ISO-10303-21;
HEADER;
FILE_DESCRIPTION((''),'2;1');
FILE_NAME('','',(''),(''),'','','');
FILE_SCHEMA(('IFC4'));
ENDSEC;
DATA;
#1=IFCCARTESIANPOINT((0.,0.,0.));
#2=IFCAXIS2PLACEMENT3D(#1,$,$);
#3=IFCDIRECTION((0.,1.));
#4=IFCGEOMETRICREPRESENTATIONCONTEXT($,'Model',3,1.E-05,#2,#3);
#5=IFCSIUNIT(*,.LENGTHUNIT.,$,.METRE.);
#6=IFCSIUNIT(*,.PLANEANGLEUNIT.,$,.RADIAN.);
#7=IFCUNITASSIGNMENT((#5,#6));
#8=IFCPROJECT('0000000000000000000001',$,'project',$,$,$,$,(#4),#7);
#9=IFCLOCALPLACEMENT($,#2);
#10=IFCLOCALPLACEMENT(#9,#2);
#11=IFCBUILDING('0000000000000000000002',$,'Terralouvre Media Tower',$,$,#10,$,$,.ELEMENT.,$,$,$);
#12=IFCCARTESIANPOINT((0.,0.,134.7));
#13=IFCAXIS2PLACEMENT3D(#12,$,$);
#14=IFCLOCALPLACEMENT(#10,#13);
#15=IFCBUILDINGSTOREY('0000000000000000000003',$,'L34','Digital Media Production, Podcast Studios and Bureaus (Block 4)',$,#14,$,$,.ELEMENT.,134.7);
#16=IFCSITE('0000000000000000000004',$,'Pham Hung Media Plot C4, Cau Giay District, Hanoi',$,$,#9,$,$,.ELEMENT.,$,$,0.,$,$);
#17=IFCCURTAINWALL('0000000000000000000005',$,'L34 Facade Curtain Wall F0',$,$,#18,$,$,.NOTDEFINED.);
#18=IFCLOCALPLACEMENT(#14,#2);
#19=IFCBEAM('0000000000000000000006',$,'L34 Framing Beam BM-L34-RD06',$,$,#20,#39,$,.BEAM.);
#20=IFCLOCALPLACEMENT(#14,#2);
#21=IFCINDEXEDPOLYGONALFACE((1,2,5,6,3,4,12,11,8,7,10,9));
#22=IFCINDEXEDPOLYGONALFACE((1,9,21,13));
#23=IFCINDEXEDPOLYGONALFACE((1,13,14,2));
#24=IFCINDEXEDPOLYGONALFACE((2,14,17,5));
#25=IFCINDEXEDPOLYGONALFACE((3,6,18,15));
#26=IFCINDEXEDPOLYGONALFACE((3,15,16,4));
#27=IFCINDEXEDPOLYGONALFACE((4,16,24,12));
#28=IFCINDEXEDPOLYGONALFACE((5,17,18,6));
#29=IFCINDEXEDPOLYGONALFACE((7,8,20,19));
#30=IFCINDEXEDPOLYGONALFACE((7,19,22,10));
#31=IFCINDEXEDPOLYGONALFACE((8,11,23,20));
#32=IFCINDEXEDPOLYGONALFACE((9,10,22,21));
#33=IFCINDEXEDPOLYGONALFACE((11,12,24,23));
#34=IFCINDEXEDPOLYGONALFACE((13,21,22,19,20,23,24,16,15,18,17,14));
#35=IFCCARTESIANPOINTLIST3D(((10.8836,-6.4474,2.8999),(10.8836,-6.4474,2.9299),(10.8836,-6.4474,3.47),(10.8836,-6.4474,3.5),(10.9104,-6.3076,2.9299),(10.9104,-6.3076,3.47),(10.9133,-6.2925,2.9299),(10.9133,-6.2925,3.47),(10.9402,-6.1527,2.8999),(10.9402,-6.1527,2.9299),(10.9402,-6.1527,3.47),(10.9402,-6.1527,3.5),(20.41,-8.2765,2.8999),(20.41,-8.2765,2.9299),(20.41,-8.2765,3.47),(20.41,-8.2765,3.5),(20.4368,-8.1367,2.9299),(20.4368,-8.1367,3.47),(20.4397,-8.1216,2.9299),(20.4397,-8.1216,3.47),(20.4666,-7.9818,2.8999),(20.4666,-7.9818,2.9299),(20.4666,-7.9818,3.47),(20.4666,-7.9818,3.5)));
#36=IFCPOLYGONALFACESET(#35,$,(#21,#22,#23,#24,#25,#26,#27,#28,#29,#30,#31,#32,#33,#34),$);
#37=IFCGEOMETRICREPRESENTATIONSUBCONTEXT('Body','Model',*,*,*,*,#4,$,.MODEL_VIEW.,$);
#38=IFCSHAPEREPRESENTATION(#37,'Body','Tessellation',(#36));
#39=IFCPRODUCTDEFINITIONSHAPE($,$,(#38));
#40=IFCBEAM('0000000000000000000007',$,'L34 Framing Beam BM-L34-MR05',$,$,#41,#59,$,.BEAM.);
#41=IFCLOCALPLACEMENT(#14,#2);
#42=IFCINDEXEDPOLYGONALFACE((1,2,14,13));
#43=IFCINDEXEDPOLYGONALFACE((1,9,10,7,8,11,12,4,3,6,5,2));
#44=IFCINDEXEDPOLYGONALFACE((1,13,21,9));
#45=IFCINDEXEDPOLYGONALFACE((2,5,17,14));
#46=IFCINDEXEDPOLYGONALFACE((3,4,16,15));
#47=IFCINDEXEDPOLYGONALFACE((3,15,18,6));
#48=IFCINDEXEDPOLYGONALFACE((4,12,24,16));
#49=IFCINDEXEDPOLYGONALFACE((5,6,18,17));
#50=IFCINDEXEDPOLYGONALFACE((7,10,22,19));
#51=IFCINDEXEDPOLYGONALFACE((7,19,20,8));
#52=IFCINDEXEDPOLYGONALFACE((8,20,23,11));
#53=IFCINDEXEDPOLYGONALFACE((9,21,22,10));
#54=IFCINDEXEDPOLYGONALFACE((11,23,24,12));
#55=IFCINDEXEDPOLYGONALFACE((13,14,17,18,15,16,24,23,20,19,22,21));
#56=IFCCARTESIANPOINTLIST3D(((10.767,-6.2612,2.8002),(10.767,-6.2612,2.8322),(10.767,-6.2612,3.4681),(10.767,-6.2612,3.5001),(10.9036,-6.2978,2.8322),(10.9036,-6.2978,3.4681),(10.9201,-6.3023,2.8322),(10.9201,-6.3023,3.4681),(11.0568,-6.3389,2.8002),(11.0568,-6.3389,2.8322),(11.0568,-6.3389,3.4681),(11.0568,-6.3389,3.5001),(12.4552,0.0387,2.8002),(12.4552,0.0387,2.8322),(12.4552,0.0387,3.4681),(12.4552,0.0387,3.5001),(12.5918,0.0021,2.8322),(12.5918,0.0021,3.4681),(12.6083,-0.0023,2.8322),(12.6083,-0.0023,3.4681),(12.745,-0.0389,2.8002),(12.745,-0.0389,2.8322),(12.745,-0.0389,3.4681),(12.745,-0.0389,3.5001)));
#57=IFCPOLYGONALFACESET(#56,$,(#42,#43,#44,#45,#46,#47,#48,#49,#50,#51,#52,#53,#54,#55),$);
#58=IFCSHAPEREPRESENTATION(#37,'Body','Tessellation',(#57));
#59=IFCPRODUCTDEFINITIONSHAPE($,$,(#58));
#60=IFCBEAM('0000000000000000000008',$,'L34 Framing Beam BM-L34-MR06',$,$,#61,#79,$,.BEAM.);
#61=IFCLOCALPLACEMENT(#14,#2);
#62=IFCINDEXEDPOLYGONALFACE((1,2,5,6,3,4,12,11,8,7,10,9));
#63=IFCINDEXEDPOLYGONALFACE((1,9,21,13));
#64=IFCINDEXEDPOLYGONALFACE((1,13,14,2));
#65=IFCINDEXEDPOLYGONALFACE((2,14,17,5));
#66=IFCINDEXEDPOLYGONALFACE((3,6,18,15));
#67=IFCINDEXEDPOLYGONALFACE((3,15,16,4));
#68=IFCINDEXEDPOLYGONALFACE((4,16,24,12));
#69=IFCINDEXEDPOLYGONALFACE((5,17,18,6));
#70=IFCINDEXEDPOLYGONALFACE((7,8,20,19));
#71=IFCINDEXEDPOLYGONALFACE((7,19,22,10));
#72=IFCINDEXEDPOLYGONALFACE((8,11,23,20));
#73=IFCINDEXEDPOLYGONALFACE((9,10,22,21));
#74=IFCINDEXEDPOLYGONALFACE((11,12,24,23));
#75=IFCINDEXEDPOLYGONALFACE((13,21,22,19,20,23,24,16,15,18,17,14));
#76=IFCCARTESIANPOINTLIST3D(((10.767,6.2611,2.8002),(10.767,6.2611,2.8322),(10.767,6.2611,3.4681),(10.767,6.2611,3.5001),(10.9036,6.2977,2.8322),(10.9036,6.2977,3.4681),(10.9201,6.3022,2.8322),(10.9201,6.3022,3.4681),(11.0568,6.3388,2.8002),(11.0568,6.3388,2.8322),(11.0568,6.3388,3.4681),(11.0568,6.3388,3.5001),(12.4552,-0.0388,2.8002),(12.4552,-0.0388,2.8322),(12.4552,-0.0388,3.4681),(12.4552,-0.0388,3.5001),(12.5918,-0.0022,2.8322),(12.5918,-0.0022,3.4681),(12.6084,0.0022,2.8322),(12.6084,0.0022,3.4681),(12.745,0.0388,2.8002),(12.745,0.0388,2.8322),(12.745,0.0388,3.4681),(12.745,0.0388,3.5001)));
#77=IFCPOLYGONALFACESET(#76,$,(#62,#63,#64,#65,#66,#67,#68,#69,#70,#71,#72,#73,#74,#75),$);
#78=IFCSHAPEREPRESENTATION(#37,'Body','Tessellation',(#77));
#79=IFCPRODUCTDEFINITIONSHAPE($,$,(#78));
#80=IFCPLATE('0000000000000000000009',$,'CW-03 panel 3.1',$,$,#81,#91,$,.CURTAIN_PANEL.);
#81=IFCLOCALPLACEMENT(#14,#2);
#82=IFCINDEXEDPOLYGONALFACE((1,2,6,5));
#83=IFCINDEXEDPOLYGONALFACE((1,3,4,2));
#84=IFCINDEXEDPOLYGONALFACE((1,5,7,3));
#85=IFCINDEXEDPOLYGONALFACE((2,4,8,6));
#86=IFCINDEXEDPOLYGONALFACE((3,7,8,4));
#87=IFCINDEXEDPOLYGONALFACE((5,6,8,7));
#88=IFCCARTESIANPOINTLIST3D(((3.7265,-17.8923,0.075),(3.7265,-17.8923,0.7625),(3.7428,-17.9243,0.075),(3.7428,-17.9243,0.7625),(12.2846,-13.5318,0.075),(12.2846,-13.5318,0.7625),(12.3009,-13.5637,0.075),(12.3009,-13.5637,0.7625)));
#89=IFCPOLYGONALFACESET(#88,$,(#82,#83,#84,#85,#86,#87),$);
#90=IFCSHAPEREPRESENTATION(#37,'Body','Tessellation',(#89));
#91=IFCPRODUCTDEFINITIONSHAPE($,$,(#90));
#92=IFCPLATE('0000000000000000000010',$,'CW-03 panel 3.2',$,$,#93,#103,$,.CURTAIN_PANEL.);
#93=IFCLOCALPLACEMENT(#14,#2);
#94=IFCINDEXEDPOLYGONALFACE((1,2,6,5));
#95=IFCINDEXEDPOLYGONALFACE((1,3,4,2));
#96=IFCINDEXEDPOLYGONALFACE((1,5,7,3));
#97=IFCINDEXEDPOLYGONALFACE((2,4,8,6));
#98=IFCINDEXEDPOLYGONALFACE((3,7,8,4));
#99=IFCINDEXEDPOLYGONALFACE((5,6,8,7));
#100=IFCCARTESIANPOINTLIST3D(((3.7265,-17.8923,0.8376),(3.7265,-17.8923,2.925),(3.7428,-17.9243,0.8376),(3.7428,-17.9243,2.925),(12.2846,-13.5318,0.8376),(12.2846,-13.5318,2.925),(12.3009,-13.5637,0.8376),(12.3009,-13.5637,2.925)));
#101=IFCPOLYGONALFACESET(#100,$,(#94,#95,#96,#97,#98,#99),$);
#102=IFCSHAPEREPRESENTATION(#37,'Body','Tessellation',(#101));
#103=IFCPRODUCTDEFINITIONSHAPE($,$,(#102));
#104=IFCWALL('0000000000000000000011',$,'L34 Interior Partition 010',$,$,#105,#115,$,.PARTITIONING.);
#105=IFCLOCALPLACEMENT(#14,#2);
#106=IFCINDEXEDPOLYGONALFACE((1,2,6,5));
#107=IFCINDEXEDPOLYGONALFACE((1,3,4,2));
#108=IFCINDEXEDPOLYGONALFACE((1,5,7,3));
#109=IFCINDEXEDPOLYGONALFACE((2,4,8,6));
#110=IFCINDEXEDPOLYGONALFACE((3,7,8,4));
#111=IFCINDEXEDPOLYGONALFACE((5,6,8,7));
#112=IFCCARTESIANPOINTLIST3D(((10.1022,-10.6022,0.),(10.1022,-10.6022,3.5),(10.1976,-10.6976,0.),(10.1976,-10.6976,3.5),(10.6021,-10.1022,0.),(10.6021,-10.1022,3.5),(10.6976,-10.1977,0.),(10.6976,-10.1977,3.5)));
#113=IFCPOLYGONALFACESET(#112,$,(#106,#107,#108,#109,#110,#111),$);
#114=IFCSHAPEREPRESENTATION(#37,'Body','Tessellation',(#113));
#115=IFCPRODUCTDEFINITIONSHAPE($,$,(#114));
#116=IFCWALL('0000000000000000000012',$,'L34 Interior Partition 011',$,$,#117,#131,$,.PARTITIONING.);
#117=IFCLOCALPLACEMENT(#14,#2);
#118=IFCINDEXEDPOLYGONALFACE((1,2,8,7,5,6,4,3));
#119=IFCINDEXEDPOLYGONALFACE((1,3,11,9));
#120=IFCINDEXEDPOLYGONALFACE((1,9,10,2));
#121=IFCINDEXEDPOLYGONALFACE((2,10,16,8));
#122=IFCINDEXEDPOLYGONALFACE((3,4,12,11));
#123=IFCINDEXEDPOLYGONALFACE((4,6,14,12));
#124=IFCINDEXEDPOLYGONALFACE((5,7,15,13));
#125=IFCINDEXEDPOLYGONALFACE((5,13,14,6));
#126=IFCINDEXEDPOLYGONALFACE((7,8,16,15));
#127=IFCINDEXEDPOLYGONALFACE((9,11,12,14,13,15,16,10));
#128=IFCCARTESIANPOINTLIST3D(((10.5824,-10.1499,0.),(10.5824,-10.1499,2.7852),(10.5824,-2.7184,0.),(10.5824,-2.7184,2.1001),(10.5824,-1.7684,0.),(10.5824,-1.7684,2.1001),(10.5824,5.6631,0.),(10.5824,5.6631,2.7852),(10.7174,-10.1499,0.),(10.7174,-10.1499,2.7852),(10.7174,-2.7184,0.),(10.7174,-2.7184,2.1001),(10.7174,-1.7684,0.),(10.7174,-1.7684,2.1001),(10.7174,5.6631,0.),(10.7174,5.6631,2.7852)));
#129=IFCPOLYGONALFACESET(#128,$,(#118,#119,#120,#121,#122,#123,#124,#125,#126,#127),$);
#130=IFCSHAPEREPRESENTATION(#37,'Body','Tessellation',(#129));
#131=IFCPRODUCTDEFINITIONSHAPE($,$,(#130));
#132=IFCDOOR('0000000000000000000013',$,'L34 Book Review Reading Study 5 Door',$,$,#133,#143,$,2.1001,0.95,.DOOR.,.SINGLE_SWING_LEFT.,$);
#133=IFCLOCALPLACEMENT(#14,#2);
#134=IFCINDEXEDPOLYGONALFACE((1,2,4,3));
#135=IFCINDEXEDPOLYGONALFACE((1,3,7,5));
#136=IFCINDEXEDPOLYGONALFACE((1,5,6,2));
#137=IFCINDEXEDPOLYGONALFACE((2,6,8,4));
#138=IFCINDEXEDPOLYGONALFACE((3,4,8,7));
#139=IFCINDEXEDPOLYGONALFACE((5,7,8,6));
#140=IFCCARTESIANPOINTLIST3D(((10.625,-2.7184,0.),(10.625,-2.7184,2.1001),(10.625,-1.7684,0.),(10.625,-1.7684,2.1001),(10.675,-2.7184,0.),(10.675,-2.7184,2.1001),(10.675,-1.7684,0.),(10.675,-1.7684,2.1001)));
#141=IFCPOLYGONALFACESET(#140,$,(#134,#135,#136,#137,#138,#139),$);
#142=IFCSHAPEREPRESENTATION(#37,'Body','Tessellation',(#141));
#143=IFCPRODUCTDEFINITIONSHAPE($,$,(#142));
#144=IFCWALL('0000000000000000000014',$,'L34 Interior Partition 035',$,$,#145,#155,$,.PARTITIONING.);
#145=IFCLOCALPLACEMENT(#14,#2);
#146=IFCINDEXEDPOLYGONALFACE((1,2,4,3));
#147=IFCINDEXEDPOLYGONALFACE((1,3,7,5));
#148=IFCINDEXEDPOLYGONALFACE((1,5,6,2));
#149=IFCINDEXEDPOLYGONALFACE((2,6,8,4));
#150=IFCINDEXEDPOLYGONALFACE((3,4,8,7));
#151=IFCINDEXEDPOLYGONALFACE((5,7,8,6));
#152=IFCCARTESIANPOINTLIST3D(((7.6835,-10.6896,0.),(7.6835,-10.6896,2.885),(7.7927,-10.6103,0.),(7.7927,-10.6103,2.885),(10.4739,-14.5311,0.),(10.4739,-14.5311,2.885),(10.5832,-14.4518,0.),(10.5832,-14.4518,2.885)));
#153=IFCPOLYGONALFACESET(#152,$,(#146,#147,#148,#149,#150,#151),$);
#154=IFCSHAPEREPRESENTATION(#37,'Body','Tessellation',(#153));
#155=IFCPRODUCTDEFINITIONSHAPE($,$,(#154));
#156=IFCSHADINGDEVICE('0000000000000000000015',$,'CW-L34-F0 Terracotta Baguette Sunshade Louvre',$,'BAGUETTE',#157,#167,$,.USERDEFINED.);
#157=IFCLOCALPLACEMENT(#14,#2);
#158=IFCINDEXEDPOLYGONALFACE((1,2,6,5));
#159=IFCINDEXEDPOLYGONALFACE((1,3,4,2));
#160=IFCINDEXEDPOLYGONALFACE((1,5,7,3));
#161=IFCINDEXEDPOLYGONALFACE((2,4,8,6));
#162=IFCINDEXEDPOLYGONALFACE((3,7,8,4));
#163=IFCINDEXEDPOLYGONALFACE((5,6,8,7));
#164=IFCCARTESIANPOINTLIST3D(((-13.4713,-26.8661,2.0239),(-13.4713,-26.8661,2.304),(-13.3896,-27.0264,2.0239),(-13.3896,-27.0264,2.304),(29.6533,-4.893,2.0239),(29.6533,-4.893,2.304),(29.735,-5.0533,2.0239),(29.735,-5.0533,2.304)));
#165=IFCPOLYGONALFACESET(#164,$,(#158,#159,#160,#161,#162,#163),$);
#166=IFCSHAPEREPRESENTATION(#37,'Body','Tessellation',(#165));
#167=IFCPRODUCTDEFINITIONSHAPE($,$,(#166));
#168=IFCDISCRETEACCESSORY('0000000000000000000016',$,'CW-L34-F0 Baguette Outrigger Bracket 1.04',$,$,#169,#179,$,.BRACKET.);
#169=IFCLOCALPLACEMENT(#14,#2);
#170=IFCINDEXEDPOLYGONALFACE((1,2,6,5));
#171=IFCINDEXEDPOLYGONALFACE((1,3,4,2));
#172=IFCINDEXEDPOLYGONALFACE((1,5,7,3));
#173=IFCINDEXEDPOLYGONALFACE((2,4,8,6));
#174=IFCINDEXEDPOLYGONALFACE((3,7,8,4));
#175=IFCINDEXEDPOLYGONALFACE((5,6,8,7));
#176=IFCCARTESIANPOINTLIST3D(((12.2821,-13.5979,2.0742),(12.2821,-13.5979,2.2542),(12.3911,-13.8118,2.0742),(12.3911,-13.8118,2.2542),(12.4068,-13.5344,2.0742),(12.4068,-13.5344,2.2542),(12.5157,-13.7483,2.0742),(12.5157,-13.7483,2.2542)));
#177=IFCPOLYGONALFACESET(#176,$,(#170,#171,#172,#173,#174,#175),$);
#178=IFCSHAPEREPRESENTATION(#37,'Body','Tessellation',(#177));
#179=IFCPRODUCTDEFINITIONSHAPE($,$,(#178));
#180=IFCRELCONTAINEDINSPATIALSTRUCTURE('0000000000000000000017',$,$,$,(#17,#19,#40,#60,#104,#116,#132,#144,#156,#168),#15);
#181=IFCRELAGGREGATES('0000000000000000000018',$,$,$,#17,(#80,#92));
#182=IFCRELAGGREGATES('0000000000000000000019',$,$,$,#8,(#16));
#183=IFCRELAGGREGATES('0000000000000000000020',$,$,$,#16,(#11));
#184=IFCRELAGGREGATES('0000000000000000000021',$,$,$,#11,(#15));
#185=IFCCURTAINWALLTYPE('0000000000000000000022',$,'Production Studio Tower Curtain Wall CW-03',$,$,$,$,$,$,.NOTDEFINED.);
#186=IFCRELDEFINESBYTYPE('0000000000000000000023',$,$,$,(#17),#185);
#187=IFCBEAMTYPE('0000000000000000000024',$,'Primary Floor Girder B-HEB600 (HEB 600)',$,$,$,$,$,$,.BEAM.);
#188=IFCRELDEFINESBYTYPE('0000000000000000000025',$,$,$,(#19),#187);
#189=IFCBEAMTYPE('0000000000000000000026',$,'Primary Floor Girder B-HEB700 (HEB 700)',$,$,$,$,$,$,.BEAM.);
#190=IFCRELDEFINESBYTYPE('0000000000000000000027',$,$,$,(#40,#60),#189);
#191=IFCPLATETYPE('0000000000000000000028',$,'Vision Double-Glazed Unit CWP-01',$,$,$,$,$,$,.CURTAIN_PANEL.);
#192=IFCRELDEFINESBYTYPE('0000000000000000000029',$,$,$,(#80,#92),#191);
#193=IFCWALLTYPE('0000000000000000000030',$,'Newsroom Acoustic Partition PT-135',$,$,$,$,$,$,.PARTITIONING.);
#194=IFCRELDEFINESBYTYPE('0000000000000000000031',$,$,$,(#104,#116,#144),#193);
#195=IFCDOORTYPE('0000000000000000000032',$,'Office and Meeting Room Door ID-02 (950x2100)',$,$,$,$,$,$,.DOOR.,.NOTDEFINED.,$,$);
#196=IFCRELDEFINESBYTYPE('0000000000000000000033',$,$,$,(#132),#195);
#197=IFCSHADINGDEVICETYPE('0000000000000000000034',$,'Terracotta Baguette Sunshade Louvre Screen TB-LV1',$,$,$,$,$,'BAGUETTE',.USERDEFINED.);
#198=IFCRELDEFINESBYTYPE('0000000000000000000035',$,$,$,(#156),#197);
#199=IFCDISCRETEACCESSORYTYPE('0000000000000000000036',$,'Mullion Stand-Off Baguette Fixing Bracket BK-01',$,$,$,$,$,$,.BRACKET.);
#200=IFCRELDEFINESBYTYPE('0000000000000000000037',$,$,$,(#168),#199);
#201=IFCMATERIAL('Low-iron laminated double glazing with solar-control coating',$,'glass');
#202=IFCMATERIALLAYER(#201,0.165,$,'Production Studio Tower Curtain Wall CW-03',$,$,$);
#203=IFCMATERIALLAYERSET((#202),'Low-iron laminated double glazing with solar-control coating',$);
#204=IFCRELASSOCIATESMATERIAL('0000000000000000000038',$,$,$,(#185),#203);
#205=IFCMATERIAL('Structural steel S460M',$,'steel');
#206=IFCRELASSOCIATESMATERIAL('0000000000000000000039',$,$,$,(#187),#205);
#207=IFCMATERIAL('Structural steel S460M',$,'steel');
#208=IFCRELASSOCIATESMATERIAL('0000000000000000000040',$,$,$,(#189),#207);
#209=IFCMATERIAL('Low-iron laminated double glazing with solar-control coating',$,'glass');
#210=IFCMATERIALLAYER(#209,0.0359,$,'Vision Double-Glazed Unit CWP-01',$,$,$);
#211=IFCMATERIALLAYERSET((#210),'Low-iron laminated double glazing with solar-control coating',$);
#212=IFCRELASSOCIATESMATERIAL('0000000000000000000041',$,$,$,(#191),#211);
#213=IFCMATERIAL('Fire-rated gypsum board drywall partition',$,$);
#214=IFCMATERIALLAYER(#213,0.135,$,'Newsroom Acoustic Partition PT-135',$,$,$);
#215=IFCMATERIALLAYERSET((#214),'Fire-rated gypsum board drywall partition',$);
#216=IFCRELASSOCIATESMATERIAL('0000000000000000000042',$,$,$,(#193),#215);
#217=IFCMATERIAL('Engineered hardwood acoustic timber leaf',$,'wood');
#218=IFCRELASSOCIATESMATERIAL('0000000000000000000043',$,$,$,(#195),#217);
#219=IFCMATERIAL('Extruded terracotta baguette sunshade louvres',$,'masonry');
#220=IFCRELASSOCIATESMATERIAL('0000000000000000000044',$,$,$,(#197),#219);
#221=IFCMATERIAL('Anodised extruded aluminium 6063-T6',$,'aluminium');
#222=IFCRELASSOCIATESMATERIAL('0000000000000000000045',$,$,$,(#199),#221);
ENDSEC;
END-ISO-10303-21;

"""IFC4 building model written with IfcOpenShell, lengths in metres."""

from ifc_helpers import new_model, si_unit, direction, frame, frame_2d, origin, origin_2d, place, context, subcontext, project, spatial, rectangle, i_section, extrude, material, layer, layer_set, material_profile, profile_set, type_object, element, fill, aggregate, save


model = new_model("IFC4")

# Units and contexts
model_context = context("Model", 3, precision=1e-05, world=origin(), true_north=direction((0.0, 1.0)))
body_context = subcontext(model_context, "Body", "Model", "MODEL_VIEW")
ifc_project = project(units=[si_unit("LENGTHUNIT", "METRE"), si_unit("PLANEANGLEUNIT", "RADIAN")], contexts=[model_context])

# Site, building, storey
site_placement = place(None, origin())
site = spatial("IfcSite", under=ifc_project, at=site_placement, Name="Pham Hung Media Plot C4, Cau Giay District, Hanoi", CompositionType="ELEMENT", RefElevation=0.0)
building_placement = place(site_placement, origin())
building = spatial("IfcBuilding", under=site, at=building_placement, Name="Terralouvre Media Tower", CompositionType="ELEMENT")
storey_placement = place(building_placement, frame((0.0, 0.0, 134.7)))
storey = spatial("IfcBuildingStorey", under=building, at=storey_placement, Name="L34", Description="Digital Media Production, Podcast Studios and Bureaus (Block 4)", CompositionType="ELEMENT", Elevation=134.7)

# Curtain wall
ifc_material_1 = material(Name="Low-iron laminated double glazing with solar-control coating", Category="glass")
ifc_layer_1 = layer(ifc_material_1, 0.165, Name="Production Studio Tower Curtain Wall CW-03")
ifc_layer_set_1 = layer_set([ifc_layer_1], Name="Low-iron laminated double glazing with solar-control coating")
curtain_wall_type = type_object("IfcCurtainWallType", Name="Production Studio Tower Curtain Wall CW-03", PredefinedType="NOTDEFINED", material=ifc_layer_set_1)
curtain_wall_placement = place(storey_placement, origin())
curtain_wall = element("IfcCurtainWall", 1, at=curtain_wall_placement, inside=storey, type_object=curtain_wall_type, Name="L34 Facade Curtain Wall F0", PredefinedType="NOTDEFINED")

# Beams
ifc_material_2 = material(Name="Structural steel S460M", Category="steel")
ifc_material_profile_1 = material_profile(ifc_material_2, i_section(OverallWidth=0.3, OverallDepth=0.6001, WebThickness=0.0154, FlangeThickness=0.03, at=origin_2d()), Name="HEB 600")
ifc_profile_set_1 = profile_set([ifc_material_profile_1], Name="Structural steel S460M")
beam_type_1 = type_object("IfcBeamType", Name="Primary Floor Girder B-HEB600 (HEB 600)", PredefinedType="BEAM", material=ifc_profile_set_1)
beam_1_placement = place(storey_placement, frame((10.9119, -6.3, 3.2), z_axis=(0.982062, -0.18856, 0.0), x_axis=(0.18856, 0.982062, 0.0)))
element("IfcBeam", 2, at=beam_1_placement, inside=storey, type_object=beam_type_1, Name="L34 Framing Beam BM-L34-RD06", PredefinedType="BEAM", context=body_context, shape_type="SweptSolid", body=[
    extrude(i_section(OverallWidth=0.3, OverallDepth=0.6001, WebThickness=0.0154, FlangeThickness=0.03, at=origin_2d()), origin(), (0.0, 0.0, 1.0), 9.7004),
])
ifc_material_3 = material(Name="Structural steel S460M", Category="steel")
ifc_material_profile_2 = material_profile(ifc_material_3, i_section(OverallWidth=0.3, OverallDepth=0.7, WebThickness=0.0171, FlangeThickness=0.032, at=origin_2d()), Name="HEB 700")
ifc_profile_set_2 = profile_set([ifc_material_profile_2], Name="Structural steel S460M")
beam_type_2 = type_object("IfcBeamType", Name="Primary Floor Girder B-HEB700 (HEB 700)", PredefinedType="BEAM", material=ifc_profile_set_2)
for number, where, z_axis, x_axis, name in (
    (3, (10.9119, -6.3, 3.1501), (0.258839, 0.96592, 0.0), (-0.96592, 0.258839, 0.0), "L34 Framing Beam BM-L34-MR05"),
    (4, (12.6001, 0.0, 3.1501), (-0.258839, 0.96592, 0.0), (-0.96592, -0.258839, 0.0), "L34 Framing Beam BM-L34-MR06"),
):
    element("IfcBeam", number, at=place(storey_placement, frame(where, z_axis=z_axis, x_axis=x_axis)), inside=storey, type_object=beam_type_2, Name=name, PredefinedType="BEAM", context=body_context, shape_type="SweptSolid", body=[
        extrude(i_section(OverallWidth=0.3, OverallDepth=0.7, WebThickness=0.0171, FlangeThickness=0.032, at=origin_2d()), origin(), (0.0, 0.0, 1.0), 6.5222),
    ])

# Plates
ifc_material_4 = material(Name="Low-iron laminated double glazing with solar-control coating", Category="glass")
ifc_layer_2 = layer(ifc_material_4, 0.0359, Name="Vision Double-Glazed Unit CWP-01")
ifc_layer_set_2 = layer_set([ifc_layer_2], Name="Low-iron laminated double glazing with solar-control coating")
plate_type = type_object("IfcPlateType", Name="Vision Double-Glazed Unit CWP-01", PredefinedType="CURTAIN_PANEL", material=ifc_layer_set_2)
plate_1_placement = place(storey_placement, frame((8.0137, -15.728, 0.075), z_axis=(0.0, 0.0, 1.0), x_axis=(0.891007, 0.453991, 0.0)))
plate_1 = element("IfcPlate", 5, at=plate_1_placement, type_object=plate_type, Name="CW-03 panel 3.1", PredefinedType="CURTAIN_PANEL", context=body_context, shape_type="SweptSolid", body=[
    extrude(rectangle(XDim=9.605, YDim=0.0359, at=origin_2d()), origin(), (0.0, 0.0, 1.0), 0.6875),
])
plate_2_placement = place(storey_placement, frame((8.0137, -15.728, 0.8376), z_axis=(0.0, 0.0, 1.0), x_axis=(0.891007, 0.453991, 0.0)))
plate_2 = element("IfcPlate", 6, at=plate_2_placement, type_object=plate_type, Name="CW-03 panel 3.2", PredefinedType="CURTAIN_PANEL", context=body_context, shape_type="SweptSolid", body=[
    extrude(rectangle(XDim=9.605, YDim=0.0359, at=origin_2d()), origin(), (0.0, 0.0, 1.0), 2.0874),
])
aggregate(curtain_wall, [plate_1, plate_2])

# Wall
ifc_material_5 = material(Name="Fire-rated gypsum board drywall partition")
ifc_layer_3 = layer(ifc_material_5, 0.135, Name="Newsroom Acoustic Partition PT-135")
ifc_layer_set_3 = layer_set([ifc_layer_3], Name="Fire-rated gypsum board drywall partition")
wall_type = type_object("IfcWallType", Name="Newsroom Acoustic Partition PT-135", PredefinedType="PARTITIONING", material=ifc_layer_set_3)
wall_1_placement = place(storey_placement, frame((10.1499, -10.6499, 0.0), z_axis=(0.0, 0.0, 1.0), x_axis=(0.707107, 0.707107, 0.0)))
element("IfcWall", 7, at=wall_1_placement, inside=storey, type_object=wall_type, Name="L34 Interior Partition 010", PredefinedType="PARTITIONING", context=body_context, shape_type="SweptSolid", body=[
    extrude(rectangle(XDim=0.707, YDim=0.135, at=frame_2d((0.3535, 0.0))), origin(), (0.0, 0.0, 1.0), 3.5),
])

# Wall, opening, door
wall_2_placement = place(storey_placement, frame((10.6499, -10.1499, 0.0), z_axis=(0.0, 0.0, 1.0), x_axis=(0.0, 1.0, 0.0)))
wall_2 = element("IfcWall", 8, at=wall_2_placement, inside=storey, type_object=wall_type, Name="L34 Interior Partition 011", PredefinedType="PARTITIONING", context=body_context, shape_type="SweptSolid", body=[
    extrude(rectangle(XDim=15.813, YDim=0.135, at=frame_2d((7.9065, 0.0))), origin(), (0.0, 0.0, 1.0), 2.7852),
])
opening_placement = place(wall_2_placement, frame((7.4314, 0.0, 0.0)))
opening = element("IfcOpeningElement", 9, at=opening_placement, cuts=wall_2, PredefinedType="OPENING", context=body_context, shape_type="SweptSolid", body=[
    extrude(rectangle(XDim=0.95, YDim=2.1001, at=frame_2d((0.4751, 1.05))), frame((0.0, 0.0774, 0.0), z_axis=(0.0, -1.0, 0.0), x_axis=(1.0, 0.0, 0.0)), (0.0, 0.0, 1.0), 0.155),
])
ifc_material_6 = material(Name="Engineered hardwood acoustic timber leaf", Category="wood")
door_type = type_object("IfcDoorType", Name="Office and Meeting Room Door ID-02 (950x2100)", OperationType="NOTDEFINED", PredefinedType="DOOR", material=ifc_material_6)
door_placement = place(opening_placement, origin())
door = element("IfcDoor", 10, at=door_placement, inside=storey, type_object=door_type, Name="L34 Book Review Reading Study 5 Door", OperationType="SINGLE_SWING_LEFT", OverallHeight=2.1001, OverallWidth=0.95, PredefinedType="DOOR", context=body_context, shape_type="SweptSolid", body=[
    extrude(rectangle(XDim=0.95, YDim=2.1001, at=frame_2d((0.4751, 1.05))), frame((0.0, 0.0249, 0.0), z_axis=(0.0, -1.0, 0.0), x_axis=(1.0, 0.0, 0.0)), (0.0, 0.0, 1.0), 0.05),
])
fill(opening, door)

# Wall
wall_3_placement = place(storey_placement, frame((10.5286, -14.4915, 0.0), z_axis=(0.0, 0.0, 1.0), x_axis=(-0.587713, 0.809069, 0.0)))
element("IfcWall", 11, at=wall_3_placement, inside=storey, type_object=wall_type, Name="L34 Interior Partition 035", PredefinedType="PARTITIONING", context=body_context, shape_type="SweptSolid", body=[
    extrude(rectangle(XDim=4.748, YDim=0.135, at=frame_2d((2.374, 0.0))), origin(), (0.0, 0.0, 1.0), 2.885),
])

# Shading device
ifc_material_7 = material(Name="Extruded terracotta baguette sunshade louvres", Category="masonry")
shading_device_type = type_object("IfcShadingDeviceType", Name="Terracotta Baguette Sunshade Louvre Screen TB-LV1", ElementType="BAGUETTE", PredefinedType="USERDEFINED", material=ifc_material_7)
shading_device_placement = place(storey_placement, frame((8.1318, -15.9597, 2.0239), z_axis=(0.0, 0.0, 1.0), x_axis=(0.891007, 0.453991, 0.0)))
element("IfcShadingDevice", 12, at=shading_device_placement, inside=storey, type_object=shading_device_type, Name="CW-L34-F0 Terracotta Baguette Sunshade Louvre", ObjectType="BAGUETTE", PredefinedType="USERDEFINED", context=body_context, shape_type="SweptSolid", body=[
    extrude(rectangle(XDim=48.3999, YDim=0.1799, at=origin_2d()), origin(), (0.0, 0.0, 1.0), 0.28),
])

# Discrete accessory
ifc_material_8 = material(Name="Anodised extruded aluminium 6063-T6", Category="aluminium")
discrete_accessory_type = type_object("IfcDiscreteAccessoryType", Name="Mullion Stand-Off Baguette Fixing Bracket BK-01", PredefinedType="BRACKET", material=ifc_material_8)
discrete_accessory_placement = place(storey_placement, frame((12.3989, -13.6731, 2.0742), z_axis=(0.0, 0.0, 1.0), x_axis=(0.891007, 0.453991, 0.0)))
element("IfcDiscreteAccessory", 13, at=discrete_accessory_placement, inside=storey, type_object=discrete_accessory_type, Name="CW-L34-F0 Baguette Outrigger Bracket 1.04", PredefinedType="BRACKET", context=body_context, shape_type="SweptSolid", body=[
    extrude(rectangle(XDim=0.1399, YDim=0.24, at=origin_2d()), origin(), (0.0, 0.0, 1.0), 0.1799),
])

save(model, "model.ifc")
